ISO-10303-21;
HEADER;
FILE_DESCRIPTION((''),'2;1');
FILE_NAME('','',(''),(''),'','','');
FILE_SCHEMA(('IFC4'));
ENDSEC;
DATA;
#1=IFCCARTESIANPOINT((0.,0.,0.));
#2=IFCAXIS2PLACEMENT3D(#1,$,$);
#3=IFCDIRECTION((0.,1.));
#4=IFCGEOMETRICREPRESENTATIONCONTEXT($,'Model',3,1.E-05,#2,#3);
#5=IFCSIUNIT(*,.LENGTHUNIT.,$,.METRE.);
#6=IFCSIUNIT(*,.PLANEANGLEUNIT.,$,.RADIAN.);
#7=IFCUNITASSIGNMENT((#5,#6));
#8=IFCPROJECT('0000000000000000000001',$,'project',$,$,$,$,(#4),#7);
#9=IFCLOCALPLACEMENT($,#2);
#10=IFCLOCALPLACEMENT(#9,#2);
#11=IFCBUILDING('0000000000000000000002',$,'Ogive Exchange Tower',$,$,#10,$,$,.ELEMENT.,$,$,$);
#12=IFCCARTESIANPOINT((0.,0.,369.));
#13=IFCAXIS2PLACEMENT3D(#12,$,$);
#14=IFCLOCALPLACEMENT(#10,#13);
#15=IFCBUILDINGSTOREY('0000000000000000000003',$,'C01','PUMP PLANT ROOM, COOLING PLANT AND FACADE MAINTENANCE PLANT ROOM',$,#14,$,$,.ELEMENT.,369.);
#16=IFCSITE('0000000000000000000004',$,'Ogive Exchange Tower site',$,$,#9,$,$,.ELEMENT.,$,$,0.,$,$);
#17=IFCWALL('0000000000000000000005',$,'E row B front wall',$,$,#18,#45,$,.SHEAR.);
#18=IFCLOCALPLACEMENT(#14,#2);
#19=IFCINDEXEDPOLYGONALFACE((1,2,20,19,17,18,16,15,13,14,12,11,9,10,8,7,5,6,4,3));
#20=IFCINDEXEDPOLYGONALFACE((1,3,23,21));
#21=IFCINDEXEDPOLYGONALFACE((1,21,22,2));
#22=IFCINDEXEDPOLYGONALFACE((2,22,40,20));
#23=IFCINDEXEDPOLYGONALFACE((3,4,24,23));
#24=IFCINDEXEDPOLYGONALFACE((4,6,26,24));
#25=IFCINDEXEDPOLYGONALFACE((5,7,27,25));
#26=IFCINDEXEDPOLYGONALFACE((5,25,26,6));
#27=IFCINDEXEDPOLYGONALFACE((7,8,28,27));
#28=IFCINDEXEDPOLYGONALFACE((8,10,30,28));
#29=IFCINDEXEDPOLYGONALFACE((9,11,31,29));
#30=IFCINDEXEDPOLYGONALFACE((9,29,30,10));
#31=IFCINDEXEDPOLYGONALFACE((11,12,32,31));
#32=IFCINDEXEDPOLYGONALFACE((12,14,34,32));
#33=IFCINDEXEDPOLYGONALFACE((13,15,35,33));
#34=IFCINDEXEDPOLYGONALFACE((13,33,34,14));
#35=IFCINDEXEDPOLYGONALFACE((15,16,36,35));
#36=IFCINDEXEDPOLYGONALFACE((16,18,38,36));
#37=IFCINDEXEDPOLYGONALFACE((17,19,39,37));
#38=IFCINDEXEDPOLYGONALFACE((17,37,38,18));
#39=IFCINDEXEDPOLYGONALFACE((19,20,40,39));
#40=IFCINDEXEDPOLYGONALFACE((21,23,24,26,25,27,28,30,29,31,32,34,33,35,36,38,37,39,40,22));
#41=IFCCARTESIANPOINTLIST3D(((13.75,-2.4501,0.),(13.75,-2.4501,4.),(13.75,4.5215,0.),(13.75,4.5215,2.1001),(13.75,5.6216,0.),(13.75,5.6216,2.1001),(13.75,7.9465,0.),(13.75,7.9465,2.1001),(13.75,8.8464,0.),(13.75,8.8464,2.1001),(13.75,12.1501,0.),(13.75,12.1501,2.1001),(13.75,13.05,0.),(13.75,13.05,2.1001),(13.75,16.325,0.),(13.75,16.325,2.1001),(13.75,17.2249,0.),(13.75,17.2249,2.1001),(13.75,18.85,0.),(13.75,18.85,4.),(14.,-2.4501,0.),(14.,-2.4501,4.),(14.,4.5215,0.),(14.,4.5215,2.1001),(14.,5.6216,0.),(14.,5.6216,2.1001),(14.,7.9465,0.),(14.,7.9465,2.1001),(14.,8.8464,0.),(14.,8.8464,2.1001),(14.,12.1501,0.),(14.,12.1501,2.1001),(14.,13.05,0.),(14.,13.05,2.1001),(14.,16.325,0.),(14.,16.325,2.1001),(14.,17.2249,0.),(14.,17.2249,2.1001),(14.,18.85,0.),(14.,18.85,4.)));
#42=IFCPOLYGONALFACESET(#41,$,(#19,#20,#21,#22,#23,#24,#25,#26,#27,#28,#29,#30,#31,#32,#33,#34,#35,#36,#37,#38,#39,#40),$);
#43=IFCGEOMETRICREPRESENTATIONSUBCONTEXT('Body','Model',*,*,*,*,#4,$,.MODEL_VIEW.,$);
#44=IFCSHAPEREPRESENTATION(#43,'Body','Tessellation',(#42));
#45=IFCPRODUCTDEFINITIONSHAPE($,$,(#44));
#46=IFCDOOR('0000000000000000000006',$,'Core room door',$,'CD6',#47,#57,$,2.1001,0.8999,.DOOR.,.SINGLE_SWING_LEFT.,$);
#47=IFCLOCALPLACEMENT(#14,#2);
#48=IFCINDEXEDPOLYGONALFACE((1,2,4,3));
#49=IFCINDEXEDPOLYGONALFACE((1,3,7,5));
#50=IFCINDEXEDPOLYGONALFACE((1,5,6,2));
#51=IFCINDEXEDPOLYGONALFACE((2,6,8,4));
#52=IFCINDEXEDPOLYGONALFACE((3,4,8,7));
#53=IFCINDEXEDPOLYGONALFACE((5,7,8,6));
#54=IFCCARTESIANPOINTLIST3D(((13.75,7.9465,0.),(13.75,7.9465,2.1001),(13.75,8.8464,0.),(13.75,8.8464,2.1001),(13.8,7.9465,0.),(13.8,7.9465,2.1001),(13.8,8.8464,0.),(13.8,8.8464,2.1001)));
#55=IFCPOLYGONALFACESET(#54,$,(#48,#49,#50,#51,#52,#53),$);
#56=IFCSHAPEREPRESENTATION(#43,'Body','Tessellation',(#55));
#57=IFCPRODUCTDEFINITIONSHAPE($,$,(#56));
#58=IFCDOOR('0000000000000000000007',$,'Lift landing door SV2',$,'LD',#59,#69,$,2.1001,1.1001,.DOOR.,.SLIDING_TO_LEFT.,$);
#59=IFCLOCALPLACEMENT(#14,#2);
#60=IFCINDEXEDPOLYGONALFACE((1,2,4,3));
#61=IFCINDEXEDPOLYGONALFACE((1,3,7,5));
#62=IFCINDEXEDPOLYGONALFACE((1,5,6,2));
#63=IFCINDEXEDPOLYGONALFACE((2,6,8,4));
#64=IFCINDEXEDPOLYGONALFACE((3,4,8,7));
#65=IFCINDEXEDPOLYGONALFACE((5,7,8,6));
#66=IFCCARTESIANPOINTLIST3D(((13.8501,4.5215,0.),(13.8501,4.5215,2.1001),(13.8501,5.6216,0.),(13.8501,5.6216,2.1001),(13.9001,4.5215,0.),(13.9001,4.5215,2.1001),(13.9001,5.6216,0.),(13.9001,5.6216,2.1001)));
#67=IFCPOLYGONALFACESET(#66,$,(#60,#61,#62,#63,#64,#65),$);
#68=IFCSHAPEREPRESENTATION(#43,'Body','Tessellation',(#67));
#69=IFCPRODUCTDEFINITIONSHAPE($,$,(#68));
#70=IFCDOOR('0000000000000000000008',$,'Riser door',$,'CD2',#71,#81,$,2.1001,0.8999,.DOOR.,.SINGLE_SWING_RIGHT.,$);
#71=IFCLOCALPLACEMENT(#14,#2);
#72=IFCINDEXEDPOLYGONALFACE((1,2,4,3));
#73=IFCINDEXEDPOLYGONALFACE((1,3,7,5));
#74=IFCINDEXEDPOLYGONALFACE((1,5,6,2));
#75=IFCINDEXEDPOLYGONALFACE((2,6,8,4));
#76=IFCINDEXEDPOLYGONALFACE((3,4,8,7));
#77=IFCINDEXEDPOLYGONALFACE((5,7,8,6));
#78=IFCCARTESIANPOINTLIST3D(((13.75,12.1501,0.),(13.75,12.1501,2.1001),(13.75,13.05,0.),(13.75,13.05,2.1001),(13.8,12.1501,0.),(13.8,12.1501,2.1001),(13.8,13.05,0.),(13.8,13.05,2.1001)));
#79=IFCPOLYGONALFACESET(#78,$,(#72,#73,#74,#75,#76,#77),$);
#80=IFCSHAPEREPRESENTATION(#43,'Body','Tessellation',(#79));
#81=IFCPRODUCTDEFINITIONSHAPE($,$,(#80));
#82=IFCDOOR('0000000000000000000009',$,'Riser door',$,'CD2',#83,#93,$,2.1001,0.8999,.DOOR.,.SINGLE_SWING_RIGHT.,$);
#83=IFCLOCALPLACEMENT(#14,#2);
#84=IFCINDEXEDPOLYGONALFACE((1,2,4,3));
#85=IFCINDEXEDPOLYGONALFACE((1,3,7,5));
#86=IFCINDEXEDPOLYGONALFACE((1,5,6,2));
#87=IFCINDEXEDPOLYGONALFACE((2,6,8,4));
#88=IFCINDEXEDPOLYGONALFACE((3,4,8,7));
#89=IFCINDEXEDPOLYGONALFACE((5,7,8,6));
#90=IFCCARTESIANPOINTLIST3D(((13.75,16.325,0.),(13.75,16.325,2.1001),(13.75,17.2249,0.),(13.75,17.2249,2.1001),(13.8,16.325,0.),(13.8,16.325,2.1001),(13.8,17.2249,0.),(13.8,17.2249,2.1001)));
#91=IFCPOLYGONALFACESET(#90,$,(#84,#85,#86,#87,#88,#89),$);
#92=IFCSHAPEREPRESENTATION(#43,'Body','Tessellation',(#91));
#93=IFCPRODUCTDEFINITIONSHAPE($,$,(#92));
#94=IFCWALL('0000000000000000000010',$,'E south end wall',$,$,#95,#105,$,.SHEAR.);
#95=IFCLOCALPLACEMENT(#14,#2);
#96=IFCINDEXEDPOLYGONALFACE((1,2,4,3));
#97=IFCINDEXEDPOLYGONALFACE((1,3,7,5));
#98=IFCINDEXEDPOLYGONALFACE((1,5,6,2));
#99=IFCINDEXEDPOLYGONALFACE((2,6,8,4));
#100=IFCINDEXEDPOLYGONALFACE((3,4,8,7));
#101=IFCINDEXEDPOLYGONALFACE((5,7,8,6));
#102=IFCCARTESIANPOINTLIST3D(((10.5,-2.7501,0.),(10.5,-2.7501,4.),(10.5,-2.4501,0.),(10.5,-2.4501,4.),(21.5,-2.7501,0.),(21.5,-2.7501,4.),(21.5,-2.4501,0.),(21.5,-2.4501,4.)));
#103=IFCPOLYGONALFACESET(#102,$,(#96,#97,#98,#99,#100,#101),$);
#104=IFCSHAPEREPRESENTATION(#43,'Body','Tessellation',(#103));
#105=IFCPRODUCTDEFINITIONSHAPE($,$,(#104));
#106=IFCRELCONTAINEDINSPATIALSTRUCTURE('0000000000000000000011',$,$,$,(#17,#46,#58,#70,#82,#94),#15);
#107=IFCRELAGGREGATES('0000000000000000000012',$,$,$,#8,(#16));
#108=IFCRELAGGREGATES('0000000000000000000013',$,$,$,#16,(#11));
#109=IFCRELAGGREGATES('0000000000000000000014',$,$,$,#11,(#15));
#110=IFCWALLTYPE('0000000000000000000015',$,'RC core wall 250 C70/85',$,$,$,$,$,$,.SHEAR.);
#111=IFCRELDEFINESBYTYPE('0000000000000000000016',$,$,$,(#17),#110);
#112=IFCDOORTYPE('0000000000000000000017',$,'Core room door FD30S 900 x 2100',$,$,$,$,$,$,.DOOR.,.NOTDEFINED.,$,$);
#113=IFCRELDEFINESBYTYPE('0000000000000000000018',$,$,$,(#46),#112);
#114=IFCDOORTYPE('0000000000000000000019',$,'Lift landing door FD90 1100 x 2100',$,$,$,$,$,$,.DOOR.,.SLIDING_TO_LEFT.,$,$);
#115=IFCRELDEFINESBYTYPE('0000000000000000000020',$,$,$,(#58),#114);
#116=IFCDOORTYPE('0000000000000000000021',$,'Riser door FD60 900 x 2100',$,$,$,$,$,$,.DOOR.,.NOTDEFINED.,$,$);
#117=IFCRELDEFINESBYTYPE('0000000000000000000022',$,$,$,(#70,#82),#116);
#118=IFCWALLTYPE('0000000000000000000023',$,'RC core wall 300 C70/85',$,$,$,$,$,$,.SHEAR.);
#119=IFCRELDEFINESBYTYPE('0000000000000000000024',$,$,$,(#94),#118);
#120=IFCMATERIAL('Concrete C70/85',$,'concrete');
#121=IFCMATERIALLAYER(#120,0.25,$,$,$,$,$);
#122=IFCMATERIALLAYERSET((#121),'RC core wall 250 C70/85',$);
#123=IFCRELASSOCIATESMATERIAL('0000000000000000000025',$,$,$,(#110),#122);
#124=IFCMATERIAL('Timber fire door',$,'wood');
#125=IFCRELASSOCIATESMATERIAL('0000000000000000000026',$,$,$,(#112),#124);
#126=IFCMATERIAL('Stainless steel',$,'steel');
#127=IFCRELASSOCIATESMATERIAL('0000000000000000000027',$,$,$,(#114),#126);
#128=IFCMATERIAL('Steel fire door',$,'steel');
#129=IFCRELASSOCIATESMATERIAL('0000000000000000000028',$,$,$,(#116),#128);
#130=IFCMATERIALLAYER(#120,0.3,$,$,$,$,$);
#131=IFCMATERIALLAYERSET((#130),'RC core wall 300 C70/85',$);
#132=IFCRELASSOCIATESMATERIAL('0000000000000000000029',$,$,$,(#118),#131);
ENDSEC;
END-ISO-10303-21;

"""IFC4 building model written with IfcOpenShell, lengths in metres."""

from ifc_helpers import new_model, si_unit, direction, frame, frame_2d, origin, place, context, subcontext, project, spatial, rectangle, extrude, material, layer, layer_set, type_object, element, fill, save


model = new_model("IFC4")

# Units and contexts
model_context = context("Model", 3, precision=1e-05, world=origin(), true_north=direction((0.0, 1.0)))
body_context = subcontext(model_context, "Body", "Model", "MODEL_VIEW")
ifc_project = project(units=[si_unit("LENGTHUNIT", "METRE"), si_unit("PLANEANGLEUNIT", "RADIAN")], contexts=[model_context])

# Site, building, storey
site_placement = place(None, origin())
site = spatial("IfcSite", under=ifc_project, at=site_placement, Name="Ogive Exchange Tower site", CompositionType="ELEMENT", RefElevation=0.0)
building_placement = place(site_placement, origin())
building = spatial("IfcBuilding", under=site, at=building_placement, Name="Ogive Exchange Tower", CompositionType="ELEMENT")
storey_placement = place(building_placement, frame((0.0, 0.0, 369.0)))
storey = spatial("IfcBuildingStorey", under=building, at=storey_placement, Name="C01", Description="PUMP PLANT ROOM, COOLING PLANT AND FACADE MAINTENANCE PLANT ROOM", CompositionType="ELEMENT", Elevation=369.0)

# Shared definitions
ifc_material_1 = material(Name="Concrete C70/85", Category="concrete")
ifc_layer_1 = layer(ifc_material_1, 0.25)
ifc_layer_set_1 = layer_set([ifc_layer_1], Name="RC core wall 250 C70/85")
wall_type_1 = type_object("IfcWallType", Name="RC core wall 250 C70/85", PredefinedType="SHEAR", material=ifc_layer_set_1)
ifc_material_2 = material(Name="Steel fire door", Category="steel")

# Wall, openings, doors
wall_1_placement = place(storey_placement, frame((13.875, -2.45, 0.0), z_axis=(0.0, 0.0, 1.0), x_axis=(0.0, 1.0, 0.0)))
wall_1 = element("IfcWall", 1, at=wall_1_placement, inside=storey, type_object=wall_type_1, Name="E row B front wall", PredefinedType="SHEAR", context=body_context, shape_type="SweptSolid", body=[
    extrude(rectangle(XDim=21.3, YDim=0.25, at=frame_2d((10.6499, 0.0))), origin(), (0.0, 0.0, 1.0), 4.0),
])
opening_1_placement = place(wall_1_placement, frame((10.3965, 0.0, 0.0)))
opening_1 = element("IfcOpeningElement", 2, at=opening_1_placement, cuts=wall_1, PredefinedType="OPENING", context=body_context, shape_type="SweptSolid", body=[
    extrude(rectangle(XDim=0.8999, YDim=2.1001, at=frame_2d((0.45, 1.05))), frame((0.0, 0.135, 0.0), z_axis=(0.0, -1.0, 0.0), x_axis=(1.0, 0.0, 0.0)), (0.0, 0.0, 1.0), 0.27),
])
opening_2_placement = place(wall_1_placement, frame((14.6001, 0.0, 0.0)))
opening_2 = element("IfcOpeningElement", 3, at=opening_2_placement, cuts=wall_1, PredefinedType="OPENING", context=body_context, shape_type="SweptSolid", body=[
    extrude(rectangle(XDim=0.8999, YDim=2.1001, at=frame_2d((0.45, 1.05))), frame((0.0, 0.135, 0.0), z_axis=(0.0, -1.0, 0.0), x_axis=(1.0, 0.0, 0.0)), (0.0, 0.0, 1.0), 0.27),
])
opening_3_placement = place(wall_1_placement, frame((18.7749, 0.0, 0.0)))
opening_3 = element("IfcOpeningElement", 4, at=opening_3_placement, cuts=wall_1, PredefinedType="OPENING", context=body_context, shape_type="SweptSolid", body=[
    extrude(rectangle(XDim=0.8999, YDim=2.1001, at=frame_2d((0.45, 1.05))), frame((0.0, 0.135, 0.0), z_axis=(0.0, -1.0, 0.0), x_axis=(1.0, 0.0, 0.0)), (0.0, 0.0, 1.0), 0.27),
])
opening_4_placement = place(wall_1_placement, frame((6.9714, 0.0, 0.0)))
opening_4 = element("IfcOpeningElement", 5, at=opening_4_placement, cuts=wall_1, PredefinedType="OPENING", context=body_context, shape_type="SweptSolid", body=[
    extrude(rectangle(XDim=1.1001, YDim=2.1001, at=frame_2d((0.55, 1.05))), frame((0.0, 0.135, 0.0), z_axis=(0.0, -1.0, 0.0), x_axis=(1.0, 0.0, 0.0)), (0.0, 0.0, 1.0), 0.27),
])
ifc_material_3 = material(Name="Timber fire door", Category="wood")
door_type_1 = type_object("IfcDoorType", Name="Core room door FD30S 900 x 2100", OperationType="NOTDEFINED", PredefinedType="DOOR", material=ifc_material_3)
door_1_placement = place(opening_1_placement, origin())
door_1 = element("IfcDoor", 6, at=door_1_placement, inside=storey, type_object=door_type_1, Name="Core room door", ObjectType="CD6", OperationType="SINGLE_SWING_LEFT", OverallHeight=2.1001, OverallWidth=0.8999, PredefinedType="DOOR", context=body_context, shape_type="SweptSolid", body=[
    extrude(rectangle(XDim=0.8999, YDim=2.1001, at=frame_2d((0.45, 1.05))), frame((0.0, 0.125, 0.0), z_axis=(0.0, -1.0, 0.0), x_axis=(1.0, 0.0, 0.0)), (0.0, 0.0, 1.0), 0.05),
])
fill(opening_1, door_1)
ifc_material_4 = material(Name="Stainless steel", Category="steel")
door_type_2 = type_object("IfcDoorType", Name="Lift landing door FD90 1100 x 2100", OperationType="SLIDING_TO_LEFT", PredefinedType="DOOR", material=ifc_material_4)
door_2_placement = place(opening_4_placement, origin())
door_2 = element("IfcDoor", 7, at=door_2_placement, inside=storey, type_object=door_type_2, Name="Lift landing door SV2", ObjectType="LD", OperationType="SLIDING_TO_LEFT", OverallHeight=2.1001, OverallWidth=1.1001, PredefinedType="DOOR", context=body_context, shape_type="SweptSolid", body=[
    extrude(rectangle(XDim=1.1001, YDim=2.1001, at=frame_2d((0.55, 1.05))), frame((0.0, 0.0249, 0.0), z_axis=(0.0, -1.0, 0.0), x_axis=(1.0, 0.0, 0.0)), (0.0, 0.0, 1.0), 0.05),
])
fill(opening_4, door_2)
door_type_3 = type_object("IfcDoorType", Name="Riser door FD60 900 x 2100", OperationType="NOTDEFINED", PredefinedType="DOOR", material=ifc_material_2)
door_3_placement = place(opening_2_placement, origin())
door_3 = element("IfcDoor", 8, at=door_3_placement, inside=storey, type_object=door_type_3, Name="Riser door", ObjectType="CD2", OperationType="SINGLE_SWING_RIGHT", OverallHeight=2.1001, OverallWidth=0.8999, PredefinedType="DOOR", context=body_context, shape_type="SweptSolid", body=[
    extrude(rectangle(XDim=0.8999, YDim=2.1001, at=frame_2d((0.45, 1.05))), frame((0.0, 0.125, 0.0), z_axis=(0.0, -1.0, 0.0), x_axis=(1.0, 0.0, 0.0)), (0.0, 0.0, 1.0), 0.05),
])
fill(opening_2, door_3)
door_4_placement = place(opening_3_placement, origin())
door_4 = element("IfcDoor", 9, at=door_4_placement, inside=storey, type_object=door_type_3, Name="Riser door", ObjectType="CD2", OperationType="SINGLE_SWING_RIGHT", OverallHeight=2.1001, OverallWidth=0.8999, PredefinedType="DOOR", context=body_context, shape_type="SweptSolid", body=[
    extrude(rectangle(XDim=0.8999, YDim=2.1001, at=frame_2d((0.45, 1.05))), frame((0.0, 0.125, 0.0), z_axis=(0.0, -1.0, 0.0), x_axis=(1.0, 0.0, 0.0)), (0.0, 0.0, 1.0), 0.05),
])
fill(opening_3, door_4)

# Wall
ifc_layer_2 = layer(ifc_material_1, 0.3)
ifc_layer_set_2 = layer_set([ifc_layer_2], Name="RC core wall 300 C70/85")
wall_type_2 = type_object("IfcWallType", Name="RC core wall 300 C70/85", PredefinedType="SHEAR", material=ifc_layer_set_2)
wall_2_placement = place(storey_placement, frame((10.5, -2.6001, 0.0), z_axis=(0.0, 0.0, 1.0), x_axis=(1.0, 0.0, 0.0)))
element("IfcWall", 10, at=wall_2_placement, inside=storey, type_object=wall_type_2, Name="E south end wall", PredefinedType="SHEAR", context=body_context, shape_type="SweptSolid", body=[
    extrude(rectangle(XDim=11.0, YDim=0.3, at=frame_2d((5.5, 0.0))), origin(), (0.0, 0.0, 1.0), 4.0),
])

save(model, "model.ifc")
